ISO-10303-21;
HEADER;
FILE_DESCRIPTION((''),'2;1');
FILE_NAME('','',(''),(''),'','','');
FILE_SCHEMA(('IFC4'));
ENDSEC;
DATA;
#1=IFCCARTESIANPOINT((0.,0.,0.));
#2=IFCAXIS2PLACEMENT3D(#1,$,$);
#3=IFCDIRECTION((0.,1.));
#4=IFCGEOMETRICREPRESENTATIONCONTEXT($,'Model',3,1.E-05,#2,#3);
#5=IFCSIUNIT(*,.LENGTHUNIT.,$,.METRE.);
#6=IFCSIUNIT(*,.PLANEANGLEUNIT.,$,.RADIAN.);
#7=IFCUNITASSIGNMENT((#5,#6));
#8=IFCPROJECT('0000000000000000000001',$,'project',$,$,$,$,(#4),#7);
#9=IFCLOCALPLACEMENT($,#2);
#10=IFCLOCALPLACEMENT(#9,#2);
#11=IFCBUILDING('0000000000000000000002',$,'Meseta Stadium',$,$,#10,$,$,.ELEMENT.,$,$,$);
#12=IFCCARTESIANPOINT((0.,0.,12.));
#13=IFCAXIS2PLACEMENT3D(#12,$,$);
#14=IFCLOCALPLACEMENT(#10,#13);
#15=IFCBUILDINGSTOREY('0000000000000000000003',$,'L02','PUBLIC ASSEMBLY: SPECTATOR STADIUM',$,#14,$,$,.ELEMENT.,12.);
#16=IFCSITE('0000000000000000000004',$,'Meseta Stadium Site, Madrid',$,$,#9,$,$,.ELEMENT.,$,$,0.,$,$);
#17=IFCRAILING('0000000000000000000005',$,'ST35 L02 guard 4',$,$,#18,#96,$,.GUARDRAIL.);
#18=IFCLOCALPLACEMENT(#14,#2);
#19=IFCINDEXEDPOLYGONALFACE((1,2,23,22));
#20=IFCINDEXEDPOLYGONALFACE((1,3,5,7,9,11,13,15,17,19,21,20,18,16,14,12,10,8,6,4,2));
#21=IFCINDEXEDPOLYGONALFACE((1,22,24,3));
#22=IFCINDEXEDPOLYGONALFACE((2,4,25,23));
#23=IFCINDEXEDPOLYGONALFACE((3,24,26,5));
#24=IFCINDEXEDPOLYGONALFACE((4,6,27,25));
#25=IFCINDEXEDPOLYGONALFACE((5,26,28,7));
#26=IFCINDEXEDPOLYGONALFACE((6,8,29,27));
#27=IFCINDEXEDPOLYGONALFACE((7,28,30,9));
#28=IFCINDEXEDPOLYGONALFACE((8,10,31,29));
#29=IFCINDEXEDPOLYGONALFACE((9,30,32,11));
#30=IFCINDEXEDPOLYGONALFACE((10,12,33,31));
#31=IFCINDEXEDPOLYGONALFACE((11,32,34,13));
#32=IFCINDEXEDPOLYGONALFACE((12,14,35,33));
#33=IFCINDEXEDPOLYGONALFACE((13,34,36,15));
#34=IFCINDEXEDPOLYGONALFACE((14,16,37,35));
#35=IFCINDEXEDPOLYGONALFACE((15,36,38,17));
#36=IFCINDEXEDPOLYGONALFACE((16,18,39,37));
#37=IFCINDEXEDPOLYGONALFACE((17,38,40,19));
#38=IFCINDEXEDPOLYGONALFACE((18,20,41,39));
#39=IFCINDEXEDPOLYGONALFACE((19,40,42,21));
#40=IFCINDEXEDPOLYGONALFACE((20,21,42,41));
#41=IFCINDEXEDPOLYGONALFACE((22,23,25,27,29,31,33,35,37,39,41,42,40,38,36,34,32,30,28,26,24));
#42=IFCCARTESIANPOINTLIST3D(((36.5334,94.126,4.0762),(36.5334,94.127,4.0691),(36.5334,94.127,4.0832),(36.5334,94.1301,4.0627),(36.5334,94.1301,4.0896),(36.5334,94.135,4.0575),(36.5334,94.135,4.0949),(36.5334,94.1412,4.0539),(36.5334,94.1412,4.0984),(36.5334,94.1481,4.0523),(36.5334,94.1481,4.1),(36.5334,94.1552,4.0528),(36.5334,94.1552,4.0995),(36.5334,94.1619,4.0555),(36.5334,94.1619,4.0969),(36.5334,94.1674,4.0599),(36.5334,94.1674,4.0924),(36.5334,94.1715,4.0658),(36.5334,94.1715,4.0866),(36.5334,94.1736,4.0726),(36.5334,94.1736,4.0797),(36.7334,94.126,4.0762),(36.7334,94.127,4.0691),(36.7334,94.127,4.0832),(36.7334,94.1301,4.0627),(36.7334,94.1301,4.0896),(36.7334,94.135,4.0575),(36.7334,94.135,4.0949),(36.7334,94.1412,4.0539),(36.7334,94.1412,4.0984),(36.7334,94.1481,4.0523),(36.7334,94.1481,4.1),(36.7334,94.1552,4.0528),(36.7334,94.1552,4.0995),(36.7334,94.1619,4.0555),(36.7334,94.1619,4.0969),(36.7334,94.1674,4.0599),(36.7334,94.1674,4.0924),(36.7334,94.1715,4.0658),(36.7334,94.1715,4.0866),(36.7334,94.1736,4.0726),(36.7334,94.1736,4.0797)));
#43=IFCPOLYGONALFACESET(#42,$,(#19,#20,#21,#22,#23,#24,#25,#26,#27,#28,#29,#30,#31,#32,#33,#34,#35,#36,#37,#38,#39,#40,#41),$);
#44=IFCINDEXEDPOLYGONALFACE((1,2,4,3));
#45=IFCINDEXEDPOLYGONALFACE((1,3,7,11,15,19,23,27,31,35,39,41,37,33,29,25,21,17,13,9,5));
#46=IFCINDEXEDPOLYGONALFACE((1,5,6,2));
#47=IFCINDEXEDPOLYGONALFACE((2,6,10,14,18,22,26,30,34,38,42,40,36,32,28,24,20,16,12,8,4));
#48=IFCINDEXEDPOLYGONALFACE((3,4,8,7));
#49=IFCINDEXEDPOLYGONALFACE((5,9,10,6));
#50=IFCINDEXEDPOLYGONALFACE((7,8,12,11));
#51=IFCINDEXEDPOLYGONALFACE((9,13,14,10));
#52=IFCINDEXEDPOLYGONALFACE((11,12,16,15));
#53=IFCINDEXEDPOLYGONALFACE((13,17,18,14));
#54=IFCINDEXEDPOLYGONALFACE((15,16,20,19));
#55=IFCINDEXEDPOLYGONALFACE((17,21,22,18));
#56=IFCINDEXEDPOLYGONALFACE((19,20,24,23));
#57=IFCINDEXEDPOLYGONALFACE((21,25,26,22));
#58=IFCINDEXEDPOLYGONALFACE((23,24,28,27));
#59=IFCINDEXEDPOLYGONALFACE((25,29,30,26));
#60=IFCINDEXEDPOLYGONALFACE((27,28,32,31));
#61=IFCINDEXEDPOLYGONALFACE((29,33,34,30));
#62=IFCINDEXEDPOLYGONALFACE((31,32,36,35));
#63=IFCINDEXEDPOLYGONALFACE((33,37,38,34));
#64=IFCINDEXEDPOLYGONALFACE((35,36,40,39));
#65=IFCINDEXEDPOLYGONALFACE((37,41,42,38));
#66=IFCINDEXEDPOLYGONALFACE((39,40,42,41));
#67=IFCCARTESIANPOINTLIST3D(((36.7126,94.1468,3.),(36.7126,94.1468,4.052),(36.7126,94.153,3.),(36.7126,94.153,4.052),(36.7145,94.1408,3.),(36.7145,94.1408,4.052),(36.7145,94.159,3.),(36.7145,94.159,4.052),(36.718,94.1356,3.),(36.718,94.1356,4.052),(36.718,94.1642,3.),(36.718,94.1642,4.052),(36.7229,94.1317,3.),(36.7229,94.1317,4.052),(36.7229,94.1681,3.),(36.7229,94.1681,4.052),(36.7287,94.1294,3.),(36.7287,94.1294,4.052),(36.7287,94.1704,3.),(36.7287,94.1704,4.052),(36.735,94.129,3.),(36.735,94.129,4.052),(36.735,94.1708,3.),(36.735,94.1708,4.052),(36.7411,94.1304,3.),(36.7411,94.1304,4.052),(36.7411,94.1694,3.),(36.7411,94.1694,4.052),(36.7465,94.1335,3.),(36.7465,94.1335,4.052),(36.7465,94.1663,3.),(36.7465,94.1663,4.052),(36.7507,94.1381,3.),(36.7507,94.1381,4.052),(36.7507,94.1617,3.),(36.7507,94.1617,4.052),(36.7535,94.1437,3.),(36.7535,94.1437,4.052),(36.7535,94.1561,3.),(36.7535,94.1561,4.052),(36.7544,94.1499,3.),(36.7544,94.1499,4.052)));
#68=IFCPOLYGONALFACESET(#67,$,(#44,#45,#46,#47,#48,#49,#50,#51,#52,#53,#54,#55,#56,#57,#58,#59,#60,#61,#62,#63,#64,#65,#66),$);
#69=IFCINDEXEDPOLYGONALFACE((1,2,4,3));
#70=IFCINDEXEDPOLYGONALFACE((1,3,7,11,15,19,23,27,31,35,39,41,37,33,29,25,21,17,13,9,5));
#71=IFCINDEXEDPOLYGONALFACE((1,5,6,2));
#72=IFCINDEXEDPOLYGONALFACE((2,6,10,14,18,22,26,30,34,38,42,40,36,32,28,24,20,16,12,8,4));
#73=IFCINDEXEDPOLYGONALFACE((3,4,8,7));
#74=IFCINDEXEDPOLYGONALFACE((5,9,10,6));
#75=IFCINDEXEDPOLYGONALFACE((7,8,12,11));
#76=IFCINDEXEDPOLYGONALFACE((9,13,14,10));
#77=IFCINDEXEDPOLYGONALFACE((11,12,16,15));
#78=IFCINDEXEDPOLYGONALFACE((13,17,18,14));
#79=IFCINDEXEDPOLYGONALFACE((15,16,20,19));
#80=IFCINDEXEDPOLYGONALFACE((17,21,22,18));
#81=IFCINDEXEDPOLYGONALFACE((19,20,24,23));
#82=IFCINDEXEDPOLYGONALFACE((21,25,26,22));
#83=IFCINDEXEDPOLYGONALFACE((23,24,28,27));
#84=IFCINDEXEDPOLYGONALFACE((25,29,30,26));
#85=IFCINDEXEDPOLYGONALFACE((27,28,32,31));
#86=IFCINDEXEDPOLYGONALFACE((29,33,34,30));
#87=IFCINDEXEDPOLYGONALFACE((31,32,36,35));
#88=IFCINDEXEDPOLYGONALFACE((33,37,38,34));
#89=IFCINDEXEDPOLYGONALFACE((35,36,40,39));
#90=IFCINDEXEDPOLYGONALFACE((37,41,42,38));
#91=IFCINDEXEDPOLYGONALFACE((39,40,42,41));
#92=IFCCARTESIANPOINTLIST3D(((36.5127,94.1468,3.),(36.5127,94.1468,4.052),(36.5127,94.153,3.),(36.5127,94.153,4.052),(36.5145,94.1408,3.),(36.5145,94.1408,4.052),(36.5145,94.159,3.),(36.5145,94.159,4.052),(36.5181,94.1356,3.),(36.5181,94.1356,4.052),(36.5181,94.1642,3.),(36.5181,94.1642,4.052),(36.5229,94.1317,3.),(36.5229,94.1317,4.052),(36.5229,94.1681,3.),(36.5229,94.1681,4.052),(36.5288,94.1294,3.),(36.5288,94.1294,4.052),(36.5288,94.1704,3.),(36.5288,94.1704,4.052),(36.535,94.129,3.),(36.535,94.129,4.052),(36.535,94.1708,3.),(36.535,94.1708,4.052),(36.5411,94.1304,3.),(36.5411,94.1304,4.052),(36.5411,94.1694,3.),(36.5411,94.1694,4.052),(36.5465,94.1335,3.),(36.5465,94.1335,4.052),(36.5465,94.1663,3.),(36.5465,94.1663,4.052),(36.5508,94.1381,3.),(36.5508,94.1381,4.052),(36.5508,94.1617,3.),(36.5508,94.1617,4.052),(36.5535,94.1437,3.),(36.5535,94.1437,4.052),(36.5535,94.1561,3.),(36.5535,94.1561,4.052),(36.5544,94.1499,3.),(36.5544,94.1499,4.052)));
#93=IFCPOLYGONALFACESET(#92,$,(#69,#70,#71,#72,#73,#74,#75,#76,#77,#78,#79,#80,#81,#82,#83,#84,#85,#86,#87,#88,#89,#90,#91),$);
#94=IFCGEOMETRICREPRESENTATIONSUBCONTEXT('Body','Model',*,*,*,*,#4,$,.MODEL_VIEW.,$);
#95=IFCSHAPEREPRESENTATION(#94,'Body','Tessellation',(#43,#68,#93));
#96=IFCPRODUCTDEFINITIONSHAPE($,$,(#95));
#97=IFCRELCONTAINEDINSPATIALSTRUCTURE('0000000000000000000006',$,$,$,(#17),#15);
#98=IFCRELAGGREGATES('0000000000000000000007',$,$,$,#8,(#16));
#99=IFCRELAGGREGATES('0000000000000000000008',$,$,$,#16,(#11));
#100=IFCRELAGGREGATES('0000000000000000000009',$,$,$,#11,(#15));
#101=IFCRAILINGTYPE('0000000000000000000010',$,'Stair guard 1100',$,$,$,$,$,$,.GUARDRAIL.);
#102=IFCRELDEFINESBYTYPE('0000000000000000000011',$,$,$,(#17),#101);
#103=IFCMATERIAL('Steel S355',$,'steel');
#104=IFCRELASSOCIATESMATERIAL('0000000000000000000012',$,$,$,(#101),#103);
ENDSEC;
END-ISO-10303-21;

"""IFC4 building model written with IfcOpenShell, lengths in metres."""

from ifc_helpers import new_model, si_unit, direction, frame, origin, origin_2d, place, context, subcontext, project, spatial, circle, extrude, material, type_object, element, save


model = new_model("IFC4")

# Units and contexts
model_context = context("Model", 3, precision=1e-05, world=origin(), true_north=direction((0.0, 1.0)))
body_context = subcontext(model_context, "Body", "Model", "MODEL_VIEW")
ifc_project = project(units=[si_unit("LENGTHUNIT", "METRE"), si_unit("PLANEANGLEUNIT", "RADIAN")], contexts=[model_context])

# Site, building, storey
site_placement = place(None, origin())
site = spatial("IfcSite", under=ifc_project, at=site_placement, Name="Meseta Stadium Site, Madrid", CompositionType="ELEMENT", RefElevation=0.0)
building_placement = place(site_placement, origin())
building = spatial("IfcBuilding", under=site, at=building_placement, Name="Meseta Stadium", CompositionType="ELEMENT")
storey_placement = place(building_placement, frame((0.0, 0.0, 12.0)))
storey = spatial("IfcBuildingStorey", under=building, at=storey_placement, Name="L02", Description="PUBLIC ASSEMBLY: SPECTATOR STADIUM", CompositionType="ELEMENT", Elevation=12.0)

# Railing
ifc_material_1 = material(Name="Steel S355", Category="steel")
railing_type_1 = type_object("IfcRailingType", Name="Stair guard 1100", PredefinedType="GUARDRAIL", material=ifc_material_1)
railing_1_placement = place(storey_placement, frame((36.7334, 94.1499, 3.0)))
element("IfcRailing", 1, at=railing_1_placement, inside=storey, type_object=railing_type_1, Name="ST35 L02 guard 4", PredefinedType="GUARDRAIL", context=body_context, shape_type="SweptSolid", body=[
    extrude(circle(Radius=0.0239, at=origin_2d()), frame((0.0, 0.0, 1.0762), z_axis=(-1.0, 0.0, 0.0), x_axis=(0.0, -1.0, 0.0)), (0.0, 0.0, 1.0), 0.2),
    extrude(circle(Radius=0.021, at=origin_2d()), origin(), (0.0, 0.0, 1.0), 1.052),
    extrude(circle(Radius=0.021, at=origin_2d()), frame((-0.2, 0.0, 0.0)), (0.0, 0.0, 1.0), 1.052),
])

save(model, "model.ifc")
